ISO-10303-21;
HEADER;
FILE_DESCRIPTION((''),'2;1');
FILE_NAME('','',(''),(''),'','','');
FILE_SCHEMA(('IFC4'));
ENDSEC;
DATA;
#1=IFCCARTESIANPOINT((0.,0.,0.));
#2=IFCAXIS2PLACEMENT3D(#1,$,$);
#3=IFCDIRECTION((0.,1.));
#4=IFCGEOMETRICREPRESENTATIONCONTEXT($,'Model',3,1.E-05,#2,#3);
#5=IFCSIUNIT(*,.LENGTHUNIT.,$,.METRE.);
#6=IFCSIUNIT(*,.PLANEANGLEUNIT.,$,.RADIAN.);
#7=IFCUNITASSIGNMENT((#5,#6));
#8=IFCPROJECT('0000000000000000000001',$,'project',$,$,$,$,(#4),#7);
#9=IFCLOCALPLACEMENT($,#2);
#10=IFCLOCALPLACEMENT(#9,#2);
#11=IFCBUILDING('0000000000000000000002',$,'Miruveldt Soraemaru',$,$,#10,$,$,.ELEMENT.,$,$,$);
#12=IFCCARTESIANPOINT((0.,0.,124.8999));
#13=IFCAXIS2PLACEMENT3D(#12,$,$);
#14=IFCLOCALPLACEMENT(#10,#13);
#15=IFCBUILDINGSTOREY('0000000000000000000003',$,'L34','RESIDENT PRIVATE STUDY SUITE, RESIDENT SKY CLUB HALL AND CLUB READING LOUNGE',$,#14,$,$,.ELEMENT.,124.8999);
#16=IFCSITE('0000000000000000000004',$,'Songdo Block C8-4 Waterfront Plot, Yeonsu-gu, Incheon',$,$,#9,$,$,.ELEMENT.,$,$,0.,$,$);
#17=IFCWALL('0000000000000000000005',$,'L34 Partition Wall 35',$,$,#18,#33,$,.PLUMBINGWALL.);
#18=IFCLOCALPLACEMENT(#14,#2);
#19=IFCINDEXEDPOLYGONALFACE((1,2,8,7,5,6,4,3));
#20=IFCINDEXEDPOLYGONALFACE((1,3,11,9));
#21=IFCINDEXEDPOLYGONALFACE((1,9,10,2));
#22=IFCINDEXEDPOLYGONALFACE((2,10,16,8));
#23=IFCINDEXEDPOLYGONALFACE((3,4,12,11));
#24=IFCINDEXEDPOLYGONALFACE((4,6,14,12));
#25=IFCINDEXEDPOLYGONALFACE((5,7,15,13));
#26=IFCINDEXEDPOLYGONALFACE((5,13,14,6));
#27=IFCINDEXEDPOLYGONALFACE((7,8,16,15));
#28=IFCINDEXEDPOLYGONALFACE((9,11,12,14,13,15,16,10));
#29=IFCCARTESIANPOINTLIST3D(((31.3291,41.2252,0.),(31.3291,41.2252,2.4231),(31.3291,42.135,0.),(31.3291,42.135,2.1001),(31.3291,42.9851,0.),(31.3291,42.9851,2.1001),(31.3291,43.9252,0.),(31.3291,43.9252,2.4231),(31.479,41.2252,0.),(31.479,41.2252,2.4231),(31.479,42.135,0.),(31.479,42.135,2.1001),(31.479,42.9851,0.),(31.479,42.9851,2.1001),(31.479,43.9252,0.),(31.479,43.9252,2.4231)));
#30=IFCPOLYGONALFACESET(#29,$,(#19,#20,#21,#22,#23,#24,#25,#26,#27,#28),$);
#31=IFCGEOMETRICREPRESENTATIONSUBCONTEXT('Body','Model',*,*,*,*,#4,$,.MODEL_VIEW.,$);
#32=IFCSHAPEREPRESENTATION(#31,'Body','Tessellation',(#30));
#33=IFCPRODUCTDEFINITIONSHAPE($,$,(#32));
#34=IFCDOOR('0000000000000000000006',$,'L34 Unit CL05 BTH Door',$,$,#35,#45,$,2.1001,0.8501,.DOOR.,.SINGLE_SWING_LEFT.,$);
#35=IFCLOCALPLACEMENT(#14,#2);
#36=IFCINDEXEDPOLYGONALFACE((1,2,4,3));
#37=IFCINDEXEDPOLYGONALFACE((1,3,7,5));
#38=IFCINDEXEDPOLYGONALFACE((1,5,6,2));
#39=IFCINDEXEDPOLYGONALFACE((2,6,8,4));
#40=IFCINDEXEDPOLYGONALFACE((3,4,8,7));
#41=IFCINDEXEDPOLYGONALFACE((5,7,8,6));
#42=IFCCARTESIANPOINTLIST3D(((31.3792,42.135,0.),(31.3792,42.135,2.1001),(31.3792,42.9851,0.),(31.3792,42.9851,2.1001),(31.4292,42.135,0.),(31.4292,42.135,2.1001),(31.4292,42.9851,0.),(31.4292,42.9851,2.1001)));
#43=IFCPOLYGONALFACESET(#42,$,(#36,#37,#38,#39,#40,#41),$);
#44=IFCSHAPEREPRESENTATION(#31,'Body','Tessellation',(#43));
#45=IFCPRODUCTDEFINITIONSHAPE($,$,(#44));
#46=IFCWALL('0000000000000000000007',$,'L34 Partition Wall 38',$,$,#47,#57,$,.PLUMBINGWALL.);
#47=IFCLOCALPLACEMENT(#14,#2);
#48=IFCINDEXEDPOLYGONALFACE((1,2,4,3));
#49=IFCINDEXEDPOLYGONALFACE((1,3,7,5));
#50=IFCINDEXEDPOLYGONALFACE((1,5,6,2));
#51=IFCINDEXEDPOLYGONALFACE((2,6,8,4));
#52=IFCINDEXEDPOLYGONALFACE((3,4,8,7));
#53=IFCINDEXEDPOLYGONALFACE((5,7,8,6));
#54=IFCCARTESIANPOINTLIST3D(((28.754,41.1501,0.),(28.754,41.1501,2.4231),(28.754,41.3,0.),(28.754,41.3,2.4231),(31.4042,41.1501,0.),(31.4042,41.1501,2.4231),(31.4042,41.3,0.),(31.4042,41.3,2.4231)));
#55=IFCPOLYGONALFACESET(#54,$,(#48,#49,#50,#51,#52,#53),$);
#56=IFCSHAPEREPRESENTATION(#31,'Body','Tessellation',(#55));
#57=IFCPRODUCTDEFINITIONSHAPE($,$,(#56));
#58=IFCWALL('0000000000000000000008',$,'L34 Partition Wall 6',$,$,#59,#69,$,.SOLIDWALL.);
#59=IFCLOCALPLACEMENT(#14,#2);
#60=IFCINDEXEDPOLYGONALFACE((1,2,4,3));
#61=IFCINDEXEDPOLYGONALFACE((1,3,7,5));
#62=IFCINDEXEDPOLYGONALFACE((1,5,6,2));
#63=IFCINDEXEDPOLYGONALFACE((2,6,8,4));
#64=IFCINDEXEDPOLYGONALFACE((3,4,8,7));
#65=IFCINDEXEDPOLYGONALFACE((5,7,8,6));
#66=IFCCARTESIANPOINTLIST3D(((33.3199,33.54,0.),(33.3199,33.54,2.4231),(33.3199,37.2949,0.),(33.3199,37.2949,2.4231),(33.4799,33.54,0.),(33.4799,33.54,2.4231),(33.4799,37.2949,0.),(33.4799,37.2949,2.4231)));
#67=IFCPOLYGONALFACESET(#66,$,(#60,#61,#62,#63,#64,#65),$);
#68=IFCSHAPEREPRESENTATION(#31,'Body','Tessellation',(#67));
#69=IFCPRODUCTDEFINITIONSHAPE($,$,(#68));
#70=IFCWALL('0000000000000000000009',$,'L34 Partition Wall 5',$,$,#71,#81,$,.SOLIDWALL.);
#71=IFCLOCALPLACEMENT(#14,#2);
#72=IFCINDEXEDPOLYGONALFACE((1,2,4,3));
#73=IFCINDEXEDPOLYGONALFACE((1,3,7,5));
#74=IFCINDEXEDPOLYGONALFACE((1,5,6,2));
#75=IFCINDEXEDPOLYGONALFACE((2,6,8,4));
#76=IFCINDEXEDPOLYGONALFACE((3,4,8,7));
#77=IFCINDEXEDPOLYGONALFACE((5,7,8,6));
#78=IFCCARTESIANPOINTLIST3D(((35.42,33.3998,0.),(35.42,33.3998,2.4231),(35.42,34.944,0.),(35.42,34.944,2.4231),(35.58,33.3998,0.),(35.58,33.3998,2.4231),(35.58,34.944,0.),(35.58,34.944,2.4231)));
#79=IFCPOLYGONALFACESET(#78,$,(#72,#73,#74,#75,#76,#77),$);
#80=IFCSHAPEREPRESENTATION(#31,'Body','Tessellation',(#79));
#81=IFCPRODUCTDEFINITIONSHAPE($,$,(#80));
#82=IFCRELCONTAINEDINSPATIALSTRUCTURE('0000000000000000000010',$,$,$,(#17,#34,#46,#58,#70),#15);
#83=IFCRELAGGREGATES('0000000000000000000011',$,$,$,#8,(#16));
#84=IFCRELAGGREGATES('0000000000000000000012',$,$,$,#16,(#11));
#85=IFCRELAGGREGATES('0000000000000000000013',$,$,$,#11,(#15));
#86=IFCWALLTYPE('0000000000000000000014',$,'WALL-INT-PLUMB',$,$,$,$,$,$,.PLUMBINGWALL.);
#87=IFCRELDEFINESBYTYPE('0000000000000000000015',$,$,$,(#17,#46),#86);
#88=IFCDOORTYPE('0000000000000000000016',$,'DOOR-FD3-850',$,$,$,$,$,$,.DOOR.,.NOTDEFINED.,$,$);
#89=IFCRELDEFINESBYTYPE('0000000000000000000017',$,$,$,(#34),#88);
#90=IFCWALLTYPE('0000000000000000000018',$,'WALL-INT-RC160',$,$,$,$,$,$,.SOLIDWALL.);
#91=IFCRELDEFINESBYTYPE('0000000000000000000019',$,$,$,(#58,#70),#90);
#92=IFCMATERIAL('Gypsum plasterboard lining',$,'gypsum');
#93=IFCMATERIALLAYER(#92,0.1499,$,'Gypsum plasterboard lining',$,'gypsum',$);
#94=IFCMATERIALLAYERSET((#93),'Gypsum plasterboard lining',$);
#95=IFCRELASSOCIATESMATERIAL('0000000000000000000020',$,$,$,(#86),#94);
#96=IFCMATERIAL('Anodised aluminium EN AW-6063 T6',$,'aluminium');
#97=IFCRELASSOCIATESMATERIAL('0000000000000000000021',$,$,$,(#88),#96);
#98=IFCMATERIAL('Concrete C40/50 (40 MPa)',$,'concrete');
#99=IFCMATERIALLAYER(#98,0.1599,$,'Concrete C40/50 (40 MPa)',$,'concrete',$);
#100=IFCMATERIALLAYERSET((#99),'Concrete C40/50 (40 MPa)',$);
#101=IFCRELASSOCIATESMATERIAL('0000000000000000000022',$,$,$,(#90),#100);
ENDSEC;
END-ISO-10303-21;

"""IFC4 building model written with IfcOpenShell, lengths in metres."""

from ifc_helpers import new_model, si_unit, direction, frame, frame_2d, origin, place, context, subcontext, project, spatial, rectangle, extrude, material, layer, layer_set, type_object, element, fill, save


model = new_model("IFC4")

# Units and contexts
model_context = context("Model", 3, precision=1e-05, world=origin(), true_north=direction((0.0, 1.0)))
body_context = subcontext(model_context, "Body", "Model", "MODEL_VIEW")
ifc_project = project(units=[si_unit("LENGTHUNIT", "METRE"), si_unit("PLANEANGLEUNIT", "RADIAN")], contexts=[model_context])

# Site, building, storey
site_placement = place(None, origin())
site = spatial("IfcSite", under=ifc_project, at=site_placement, Name="Songdo Block C8-4 Waterfront Plot, Yeonsu-gu, Incheon", CompositionType="ELEMENT", RefElevation=0.0)
building_placement = place(site_placement, origin())
building = spatial("IfcBuilding", under=site, at=building_placement, Name="Miruveldt Soraemaru", CompositionType="ELEMENT")
storey_placement = place(building_placement, frame((0.0, 0.0, 124.8999)))
storey = spatial("IfcBuildingStorey", under=building, at=storey_placement, Name="L34", Description="RESIDENT PRIVATE STUDY SUITE, RESIDENT SKY CLUB HALL AND CLUB READING LOUNGE", CompositionType="ELEMENT", Elevation=124.8999)

# Shared definitions
ifc_material_1 = material(Name="Gypsum plasterboard lining", Category="gypsum")

# Wall, opening, door
ifc_layer_1 = layer(ifc_material_1, 0.1499, Name="Gypsum plasterboard lining", Category="gypsum")
ifc_layer_set_1 = layer_set([ifc_layer_1], Name="Gypsum plasterboard lining")
wall_type_1 = type_object("IfcWallType", Name="WALL-INT-PLUMB", PredefinedType="PLUMBINGWALL", material=ifc_layer_set_1)
wall_1_placement = place(storey_placement, frame((31.4041, 41.2251, 0.0), z_axis=(0.0, 0.0, 1.0), x_axis=(0.0, 1.0, 0.0)))
wall_1 = element("IfcWall", 1, at=wall_1_placement, inside=storey, type_object=wall_type_1, Name="L34 Partition Wall 35", PredefinedType="PLUMBINGWALL", context=body_context, shape_type="SweptSolid", body=[
    extrude(rectangle(XDim=2.7, YDim=0.1499, at=frame_2d((1.3501, 0.0))), origin(), (0.0, 0.0, 1.0), 2.4231),
])
opening_1_placement = place(wall_1_placement, frame((0.9099, 0.0, 0.0)))
opening_1 = element("IfcOpeningElement", 2, at=opening_1_placement, cuts=wall_1, PredefinedType="OPENING", context=body_context, shape_type="SweptSolid", body=[
    extrude(rectangle(XDim=0.8501, YDim=2.1001, at=frame_2d((0.425, 1.05))), frame((0.0, 0.085, 0.0), z_axis=(0.0, -1.0, 0.0), x_axis=(1.0, 0.0, 0.0)), (0.0, 0.0, 1.0), 0.1699),
])
ifc_material_2 = material(Name="Anodised aluminium EN AW-6063 T6", Category="aluminium")
door_type = type_object("IfcDoorType", Name="DOOR-FD3-850", OperationType="NOTDEFINED", PredefinedType="DOOR", material=ifc_material_2)
door_placement = place(opening_1_placement, origin())
door = element("IfcDoor", 3, at=door_placement, inside=storey, type_object=door_type, Name="L34 Unit CL05 BTH Door", OperationType="SINGLE_SWING_LEFT", OverallHeight=2.1001, OverallWidth=0.8501, PredefinedType="DOOR", context=body_context, shape_type="SweptSolid", body=[
    extrude(rectangle(XDim=0.8501, YDim=2.1001, at=frame_2d((0.425, 1.05))), frame((0.0, 0.0249, 0.0), z_axis=(0.0, -1.0, 0.0), x_axis=(1.0, 0.0, 0.0)), (0.0, 0.0, 1.0), 0.05),
])
fill(opening_1, door)

# Walls
wall_2_placement = place(storey_placement, frame((28.7539, 41.2251, 0.0), z_axis=(0.0, 0.0, 1.0), x_axis=(1.0, 0.0, 0.0)))
element("IfcWall", 4, at=wall_2_placement, inside=storey, type_object=wall_type_1, Name="L34 Partition Wall 38", PredefinedType="PLUMBINGWALL", context=body_context, shape_type="SweptSolid", body=[
    extrude(rectangle(XDim=2.6501, YDim=0.1499, at=frame_2d((1.3252, 0.0))), origin(), (0.0, 0.0, 1.0), 2.4231),
])
ifc_material_3 = material(Name="Concrete C40/50 (40 MPa)", Category="concrete")
ifc_layer_2 = layer(ifc_material_3, 0.1599, Name="Concrete C40/50 (40 MPa)", Category="concrete")
ifc_layer_set_2 = layer_set([ifc_layer_2], Name="Concrete C40/50 (40 MPa)")
wall_type_2 = type_object("IfcWallType", Name="WALL-INT-RC160", PredefinedType="SOLIDWALL", material=ifc_layer_set_2)
wall_3_placement = place(storey_placement, frame((33.3999, 37.2949, 0.0), z_axis=(0.0, 0.0, 1.0), x_axis=(0.0, -1.0, 0.0)))
element("IfcWall", 5, at=wall_3_placement, inside=storey, type_object=wall_type_2, Name="L34 Partition Wall 6", PredefinedType="SOLIDWALL", context=body_context, shape_type="SweptSolid", body=[
    extrude(rectangle(XDim=3.7549, YDim=0.1599, at=frame_2d((1.8774, 0.0))), origin(), (0.0, 0.0, 1.0), 2.4231),
])
wall_4_placement = place(storey_placement, frame((35.5, 33.3999, 0.0), z_axis=(0.0, 0.0, 1.0), x_axis=(0.0, 1.0, 0.0)))
element("IfcWall", 6, at=wall_4_placement, inside=storey, type_object=wall_type_2, Name="L34 Partition Wall 5", PredefinedType="SOLIDWALL", context=body_context, shape_type="SweptSolid", body=[
    extrude(rectangle(XDim=1.5442, YDim=0.1599, at=frame_2d((0.772, 0.0))), origin(), (0.0, 0.0, 1.0), 2.4231),
])

save(model, "model.ifc")
